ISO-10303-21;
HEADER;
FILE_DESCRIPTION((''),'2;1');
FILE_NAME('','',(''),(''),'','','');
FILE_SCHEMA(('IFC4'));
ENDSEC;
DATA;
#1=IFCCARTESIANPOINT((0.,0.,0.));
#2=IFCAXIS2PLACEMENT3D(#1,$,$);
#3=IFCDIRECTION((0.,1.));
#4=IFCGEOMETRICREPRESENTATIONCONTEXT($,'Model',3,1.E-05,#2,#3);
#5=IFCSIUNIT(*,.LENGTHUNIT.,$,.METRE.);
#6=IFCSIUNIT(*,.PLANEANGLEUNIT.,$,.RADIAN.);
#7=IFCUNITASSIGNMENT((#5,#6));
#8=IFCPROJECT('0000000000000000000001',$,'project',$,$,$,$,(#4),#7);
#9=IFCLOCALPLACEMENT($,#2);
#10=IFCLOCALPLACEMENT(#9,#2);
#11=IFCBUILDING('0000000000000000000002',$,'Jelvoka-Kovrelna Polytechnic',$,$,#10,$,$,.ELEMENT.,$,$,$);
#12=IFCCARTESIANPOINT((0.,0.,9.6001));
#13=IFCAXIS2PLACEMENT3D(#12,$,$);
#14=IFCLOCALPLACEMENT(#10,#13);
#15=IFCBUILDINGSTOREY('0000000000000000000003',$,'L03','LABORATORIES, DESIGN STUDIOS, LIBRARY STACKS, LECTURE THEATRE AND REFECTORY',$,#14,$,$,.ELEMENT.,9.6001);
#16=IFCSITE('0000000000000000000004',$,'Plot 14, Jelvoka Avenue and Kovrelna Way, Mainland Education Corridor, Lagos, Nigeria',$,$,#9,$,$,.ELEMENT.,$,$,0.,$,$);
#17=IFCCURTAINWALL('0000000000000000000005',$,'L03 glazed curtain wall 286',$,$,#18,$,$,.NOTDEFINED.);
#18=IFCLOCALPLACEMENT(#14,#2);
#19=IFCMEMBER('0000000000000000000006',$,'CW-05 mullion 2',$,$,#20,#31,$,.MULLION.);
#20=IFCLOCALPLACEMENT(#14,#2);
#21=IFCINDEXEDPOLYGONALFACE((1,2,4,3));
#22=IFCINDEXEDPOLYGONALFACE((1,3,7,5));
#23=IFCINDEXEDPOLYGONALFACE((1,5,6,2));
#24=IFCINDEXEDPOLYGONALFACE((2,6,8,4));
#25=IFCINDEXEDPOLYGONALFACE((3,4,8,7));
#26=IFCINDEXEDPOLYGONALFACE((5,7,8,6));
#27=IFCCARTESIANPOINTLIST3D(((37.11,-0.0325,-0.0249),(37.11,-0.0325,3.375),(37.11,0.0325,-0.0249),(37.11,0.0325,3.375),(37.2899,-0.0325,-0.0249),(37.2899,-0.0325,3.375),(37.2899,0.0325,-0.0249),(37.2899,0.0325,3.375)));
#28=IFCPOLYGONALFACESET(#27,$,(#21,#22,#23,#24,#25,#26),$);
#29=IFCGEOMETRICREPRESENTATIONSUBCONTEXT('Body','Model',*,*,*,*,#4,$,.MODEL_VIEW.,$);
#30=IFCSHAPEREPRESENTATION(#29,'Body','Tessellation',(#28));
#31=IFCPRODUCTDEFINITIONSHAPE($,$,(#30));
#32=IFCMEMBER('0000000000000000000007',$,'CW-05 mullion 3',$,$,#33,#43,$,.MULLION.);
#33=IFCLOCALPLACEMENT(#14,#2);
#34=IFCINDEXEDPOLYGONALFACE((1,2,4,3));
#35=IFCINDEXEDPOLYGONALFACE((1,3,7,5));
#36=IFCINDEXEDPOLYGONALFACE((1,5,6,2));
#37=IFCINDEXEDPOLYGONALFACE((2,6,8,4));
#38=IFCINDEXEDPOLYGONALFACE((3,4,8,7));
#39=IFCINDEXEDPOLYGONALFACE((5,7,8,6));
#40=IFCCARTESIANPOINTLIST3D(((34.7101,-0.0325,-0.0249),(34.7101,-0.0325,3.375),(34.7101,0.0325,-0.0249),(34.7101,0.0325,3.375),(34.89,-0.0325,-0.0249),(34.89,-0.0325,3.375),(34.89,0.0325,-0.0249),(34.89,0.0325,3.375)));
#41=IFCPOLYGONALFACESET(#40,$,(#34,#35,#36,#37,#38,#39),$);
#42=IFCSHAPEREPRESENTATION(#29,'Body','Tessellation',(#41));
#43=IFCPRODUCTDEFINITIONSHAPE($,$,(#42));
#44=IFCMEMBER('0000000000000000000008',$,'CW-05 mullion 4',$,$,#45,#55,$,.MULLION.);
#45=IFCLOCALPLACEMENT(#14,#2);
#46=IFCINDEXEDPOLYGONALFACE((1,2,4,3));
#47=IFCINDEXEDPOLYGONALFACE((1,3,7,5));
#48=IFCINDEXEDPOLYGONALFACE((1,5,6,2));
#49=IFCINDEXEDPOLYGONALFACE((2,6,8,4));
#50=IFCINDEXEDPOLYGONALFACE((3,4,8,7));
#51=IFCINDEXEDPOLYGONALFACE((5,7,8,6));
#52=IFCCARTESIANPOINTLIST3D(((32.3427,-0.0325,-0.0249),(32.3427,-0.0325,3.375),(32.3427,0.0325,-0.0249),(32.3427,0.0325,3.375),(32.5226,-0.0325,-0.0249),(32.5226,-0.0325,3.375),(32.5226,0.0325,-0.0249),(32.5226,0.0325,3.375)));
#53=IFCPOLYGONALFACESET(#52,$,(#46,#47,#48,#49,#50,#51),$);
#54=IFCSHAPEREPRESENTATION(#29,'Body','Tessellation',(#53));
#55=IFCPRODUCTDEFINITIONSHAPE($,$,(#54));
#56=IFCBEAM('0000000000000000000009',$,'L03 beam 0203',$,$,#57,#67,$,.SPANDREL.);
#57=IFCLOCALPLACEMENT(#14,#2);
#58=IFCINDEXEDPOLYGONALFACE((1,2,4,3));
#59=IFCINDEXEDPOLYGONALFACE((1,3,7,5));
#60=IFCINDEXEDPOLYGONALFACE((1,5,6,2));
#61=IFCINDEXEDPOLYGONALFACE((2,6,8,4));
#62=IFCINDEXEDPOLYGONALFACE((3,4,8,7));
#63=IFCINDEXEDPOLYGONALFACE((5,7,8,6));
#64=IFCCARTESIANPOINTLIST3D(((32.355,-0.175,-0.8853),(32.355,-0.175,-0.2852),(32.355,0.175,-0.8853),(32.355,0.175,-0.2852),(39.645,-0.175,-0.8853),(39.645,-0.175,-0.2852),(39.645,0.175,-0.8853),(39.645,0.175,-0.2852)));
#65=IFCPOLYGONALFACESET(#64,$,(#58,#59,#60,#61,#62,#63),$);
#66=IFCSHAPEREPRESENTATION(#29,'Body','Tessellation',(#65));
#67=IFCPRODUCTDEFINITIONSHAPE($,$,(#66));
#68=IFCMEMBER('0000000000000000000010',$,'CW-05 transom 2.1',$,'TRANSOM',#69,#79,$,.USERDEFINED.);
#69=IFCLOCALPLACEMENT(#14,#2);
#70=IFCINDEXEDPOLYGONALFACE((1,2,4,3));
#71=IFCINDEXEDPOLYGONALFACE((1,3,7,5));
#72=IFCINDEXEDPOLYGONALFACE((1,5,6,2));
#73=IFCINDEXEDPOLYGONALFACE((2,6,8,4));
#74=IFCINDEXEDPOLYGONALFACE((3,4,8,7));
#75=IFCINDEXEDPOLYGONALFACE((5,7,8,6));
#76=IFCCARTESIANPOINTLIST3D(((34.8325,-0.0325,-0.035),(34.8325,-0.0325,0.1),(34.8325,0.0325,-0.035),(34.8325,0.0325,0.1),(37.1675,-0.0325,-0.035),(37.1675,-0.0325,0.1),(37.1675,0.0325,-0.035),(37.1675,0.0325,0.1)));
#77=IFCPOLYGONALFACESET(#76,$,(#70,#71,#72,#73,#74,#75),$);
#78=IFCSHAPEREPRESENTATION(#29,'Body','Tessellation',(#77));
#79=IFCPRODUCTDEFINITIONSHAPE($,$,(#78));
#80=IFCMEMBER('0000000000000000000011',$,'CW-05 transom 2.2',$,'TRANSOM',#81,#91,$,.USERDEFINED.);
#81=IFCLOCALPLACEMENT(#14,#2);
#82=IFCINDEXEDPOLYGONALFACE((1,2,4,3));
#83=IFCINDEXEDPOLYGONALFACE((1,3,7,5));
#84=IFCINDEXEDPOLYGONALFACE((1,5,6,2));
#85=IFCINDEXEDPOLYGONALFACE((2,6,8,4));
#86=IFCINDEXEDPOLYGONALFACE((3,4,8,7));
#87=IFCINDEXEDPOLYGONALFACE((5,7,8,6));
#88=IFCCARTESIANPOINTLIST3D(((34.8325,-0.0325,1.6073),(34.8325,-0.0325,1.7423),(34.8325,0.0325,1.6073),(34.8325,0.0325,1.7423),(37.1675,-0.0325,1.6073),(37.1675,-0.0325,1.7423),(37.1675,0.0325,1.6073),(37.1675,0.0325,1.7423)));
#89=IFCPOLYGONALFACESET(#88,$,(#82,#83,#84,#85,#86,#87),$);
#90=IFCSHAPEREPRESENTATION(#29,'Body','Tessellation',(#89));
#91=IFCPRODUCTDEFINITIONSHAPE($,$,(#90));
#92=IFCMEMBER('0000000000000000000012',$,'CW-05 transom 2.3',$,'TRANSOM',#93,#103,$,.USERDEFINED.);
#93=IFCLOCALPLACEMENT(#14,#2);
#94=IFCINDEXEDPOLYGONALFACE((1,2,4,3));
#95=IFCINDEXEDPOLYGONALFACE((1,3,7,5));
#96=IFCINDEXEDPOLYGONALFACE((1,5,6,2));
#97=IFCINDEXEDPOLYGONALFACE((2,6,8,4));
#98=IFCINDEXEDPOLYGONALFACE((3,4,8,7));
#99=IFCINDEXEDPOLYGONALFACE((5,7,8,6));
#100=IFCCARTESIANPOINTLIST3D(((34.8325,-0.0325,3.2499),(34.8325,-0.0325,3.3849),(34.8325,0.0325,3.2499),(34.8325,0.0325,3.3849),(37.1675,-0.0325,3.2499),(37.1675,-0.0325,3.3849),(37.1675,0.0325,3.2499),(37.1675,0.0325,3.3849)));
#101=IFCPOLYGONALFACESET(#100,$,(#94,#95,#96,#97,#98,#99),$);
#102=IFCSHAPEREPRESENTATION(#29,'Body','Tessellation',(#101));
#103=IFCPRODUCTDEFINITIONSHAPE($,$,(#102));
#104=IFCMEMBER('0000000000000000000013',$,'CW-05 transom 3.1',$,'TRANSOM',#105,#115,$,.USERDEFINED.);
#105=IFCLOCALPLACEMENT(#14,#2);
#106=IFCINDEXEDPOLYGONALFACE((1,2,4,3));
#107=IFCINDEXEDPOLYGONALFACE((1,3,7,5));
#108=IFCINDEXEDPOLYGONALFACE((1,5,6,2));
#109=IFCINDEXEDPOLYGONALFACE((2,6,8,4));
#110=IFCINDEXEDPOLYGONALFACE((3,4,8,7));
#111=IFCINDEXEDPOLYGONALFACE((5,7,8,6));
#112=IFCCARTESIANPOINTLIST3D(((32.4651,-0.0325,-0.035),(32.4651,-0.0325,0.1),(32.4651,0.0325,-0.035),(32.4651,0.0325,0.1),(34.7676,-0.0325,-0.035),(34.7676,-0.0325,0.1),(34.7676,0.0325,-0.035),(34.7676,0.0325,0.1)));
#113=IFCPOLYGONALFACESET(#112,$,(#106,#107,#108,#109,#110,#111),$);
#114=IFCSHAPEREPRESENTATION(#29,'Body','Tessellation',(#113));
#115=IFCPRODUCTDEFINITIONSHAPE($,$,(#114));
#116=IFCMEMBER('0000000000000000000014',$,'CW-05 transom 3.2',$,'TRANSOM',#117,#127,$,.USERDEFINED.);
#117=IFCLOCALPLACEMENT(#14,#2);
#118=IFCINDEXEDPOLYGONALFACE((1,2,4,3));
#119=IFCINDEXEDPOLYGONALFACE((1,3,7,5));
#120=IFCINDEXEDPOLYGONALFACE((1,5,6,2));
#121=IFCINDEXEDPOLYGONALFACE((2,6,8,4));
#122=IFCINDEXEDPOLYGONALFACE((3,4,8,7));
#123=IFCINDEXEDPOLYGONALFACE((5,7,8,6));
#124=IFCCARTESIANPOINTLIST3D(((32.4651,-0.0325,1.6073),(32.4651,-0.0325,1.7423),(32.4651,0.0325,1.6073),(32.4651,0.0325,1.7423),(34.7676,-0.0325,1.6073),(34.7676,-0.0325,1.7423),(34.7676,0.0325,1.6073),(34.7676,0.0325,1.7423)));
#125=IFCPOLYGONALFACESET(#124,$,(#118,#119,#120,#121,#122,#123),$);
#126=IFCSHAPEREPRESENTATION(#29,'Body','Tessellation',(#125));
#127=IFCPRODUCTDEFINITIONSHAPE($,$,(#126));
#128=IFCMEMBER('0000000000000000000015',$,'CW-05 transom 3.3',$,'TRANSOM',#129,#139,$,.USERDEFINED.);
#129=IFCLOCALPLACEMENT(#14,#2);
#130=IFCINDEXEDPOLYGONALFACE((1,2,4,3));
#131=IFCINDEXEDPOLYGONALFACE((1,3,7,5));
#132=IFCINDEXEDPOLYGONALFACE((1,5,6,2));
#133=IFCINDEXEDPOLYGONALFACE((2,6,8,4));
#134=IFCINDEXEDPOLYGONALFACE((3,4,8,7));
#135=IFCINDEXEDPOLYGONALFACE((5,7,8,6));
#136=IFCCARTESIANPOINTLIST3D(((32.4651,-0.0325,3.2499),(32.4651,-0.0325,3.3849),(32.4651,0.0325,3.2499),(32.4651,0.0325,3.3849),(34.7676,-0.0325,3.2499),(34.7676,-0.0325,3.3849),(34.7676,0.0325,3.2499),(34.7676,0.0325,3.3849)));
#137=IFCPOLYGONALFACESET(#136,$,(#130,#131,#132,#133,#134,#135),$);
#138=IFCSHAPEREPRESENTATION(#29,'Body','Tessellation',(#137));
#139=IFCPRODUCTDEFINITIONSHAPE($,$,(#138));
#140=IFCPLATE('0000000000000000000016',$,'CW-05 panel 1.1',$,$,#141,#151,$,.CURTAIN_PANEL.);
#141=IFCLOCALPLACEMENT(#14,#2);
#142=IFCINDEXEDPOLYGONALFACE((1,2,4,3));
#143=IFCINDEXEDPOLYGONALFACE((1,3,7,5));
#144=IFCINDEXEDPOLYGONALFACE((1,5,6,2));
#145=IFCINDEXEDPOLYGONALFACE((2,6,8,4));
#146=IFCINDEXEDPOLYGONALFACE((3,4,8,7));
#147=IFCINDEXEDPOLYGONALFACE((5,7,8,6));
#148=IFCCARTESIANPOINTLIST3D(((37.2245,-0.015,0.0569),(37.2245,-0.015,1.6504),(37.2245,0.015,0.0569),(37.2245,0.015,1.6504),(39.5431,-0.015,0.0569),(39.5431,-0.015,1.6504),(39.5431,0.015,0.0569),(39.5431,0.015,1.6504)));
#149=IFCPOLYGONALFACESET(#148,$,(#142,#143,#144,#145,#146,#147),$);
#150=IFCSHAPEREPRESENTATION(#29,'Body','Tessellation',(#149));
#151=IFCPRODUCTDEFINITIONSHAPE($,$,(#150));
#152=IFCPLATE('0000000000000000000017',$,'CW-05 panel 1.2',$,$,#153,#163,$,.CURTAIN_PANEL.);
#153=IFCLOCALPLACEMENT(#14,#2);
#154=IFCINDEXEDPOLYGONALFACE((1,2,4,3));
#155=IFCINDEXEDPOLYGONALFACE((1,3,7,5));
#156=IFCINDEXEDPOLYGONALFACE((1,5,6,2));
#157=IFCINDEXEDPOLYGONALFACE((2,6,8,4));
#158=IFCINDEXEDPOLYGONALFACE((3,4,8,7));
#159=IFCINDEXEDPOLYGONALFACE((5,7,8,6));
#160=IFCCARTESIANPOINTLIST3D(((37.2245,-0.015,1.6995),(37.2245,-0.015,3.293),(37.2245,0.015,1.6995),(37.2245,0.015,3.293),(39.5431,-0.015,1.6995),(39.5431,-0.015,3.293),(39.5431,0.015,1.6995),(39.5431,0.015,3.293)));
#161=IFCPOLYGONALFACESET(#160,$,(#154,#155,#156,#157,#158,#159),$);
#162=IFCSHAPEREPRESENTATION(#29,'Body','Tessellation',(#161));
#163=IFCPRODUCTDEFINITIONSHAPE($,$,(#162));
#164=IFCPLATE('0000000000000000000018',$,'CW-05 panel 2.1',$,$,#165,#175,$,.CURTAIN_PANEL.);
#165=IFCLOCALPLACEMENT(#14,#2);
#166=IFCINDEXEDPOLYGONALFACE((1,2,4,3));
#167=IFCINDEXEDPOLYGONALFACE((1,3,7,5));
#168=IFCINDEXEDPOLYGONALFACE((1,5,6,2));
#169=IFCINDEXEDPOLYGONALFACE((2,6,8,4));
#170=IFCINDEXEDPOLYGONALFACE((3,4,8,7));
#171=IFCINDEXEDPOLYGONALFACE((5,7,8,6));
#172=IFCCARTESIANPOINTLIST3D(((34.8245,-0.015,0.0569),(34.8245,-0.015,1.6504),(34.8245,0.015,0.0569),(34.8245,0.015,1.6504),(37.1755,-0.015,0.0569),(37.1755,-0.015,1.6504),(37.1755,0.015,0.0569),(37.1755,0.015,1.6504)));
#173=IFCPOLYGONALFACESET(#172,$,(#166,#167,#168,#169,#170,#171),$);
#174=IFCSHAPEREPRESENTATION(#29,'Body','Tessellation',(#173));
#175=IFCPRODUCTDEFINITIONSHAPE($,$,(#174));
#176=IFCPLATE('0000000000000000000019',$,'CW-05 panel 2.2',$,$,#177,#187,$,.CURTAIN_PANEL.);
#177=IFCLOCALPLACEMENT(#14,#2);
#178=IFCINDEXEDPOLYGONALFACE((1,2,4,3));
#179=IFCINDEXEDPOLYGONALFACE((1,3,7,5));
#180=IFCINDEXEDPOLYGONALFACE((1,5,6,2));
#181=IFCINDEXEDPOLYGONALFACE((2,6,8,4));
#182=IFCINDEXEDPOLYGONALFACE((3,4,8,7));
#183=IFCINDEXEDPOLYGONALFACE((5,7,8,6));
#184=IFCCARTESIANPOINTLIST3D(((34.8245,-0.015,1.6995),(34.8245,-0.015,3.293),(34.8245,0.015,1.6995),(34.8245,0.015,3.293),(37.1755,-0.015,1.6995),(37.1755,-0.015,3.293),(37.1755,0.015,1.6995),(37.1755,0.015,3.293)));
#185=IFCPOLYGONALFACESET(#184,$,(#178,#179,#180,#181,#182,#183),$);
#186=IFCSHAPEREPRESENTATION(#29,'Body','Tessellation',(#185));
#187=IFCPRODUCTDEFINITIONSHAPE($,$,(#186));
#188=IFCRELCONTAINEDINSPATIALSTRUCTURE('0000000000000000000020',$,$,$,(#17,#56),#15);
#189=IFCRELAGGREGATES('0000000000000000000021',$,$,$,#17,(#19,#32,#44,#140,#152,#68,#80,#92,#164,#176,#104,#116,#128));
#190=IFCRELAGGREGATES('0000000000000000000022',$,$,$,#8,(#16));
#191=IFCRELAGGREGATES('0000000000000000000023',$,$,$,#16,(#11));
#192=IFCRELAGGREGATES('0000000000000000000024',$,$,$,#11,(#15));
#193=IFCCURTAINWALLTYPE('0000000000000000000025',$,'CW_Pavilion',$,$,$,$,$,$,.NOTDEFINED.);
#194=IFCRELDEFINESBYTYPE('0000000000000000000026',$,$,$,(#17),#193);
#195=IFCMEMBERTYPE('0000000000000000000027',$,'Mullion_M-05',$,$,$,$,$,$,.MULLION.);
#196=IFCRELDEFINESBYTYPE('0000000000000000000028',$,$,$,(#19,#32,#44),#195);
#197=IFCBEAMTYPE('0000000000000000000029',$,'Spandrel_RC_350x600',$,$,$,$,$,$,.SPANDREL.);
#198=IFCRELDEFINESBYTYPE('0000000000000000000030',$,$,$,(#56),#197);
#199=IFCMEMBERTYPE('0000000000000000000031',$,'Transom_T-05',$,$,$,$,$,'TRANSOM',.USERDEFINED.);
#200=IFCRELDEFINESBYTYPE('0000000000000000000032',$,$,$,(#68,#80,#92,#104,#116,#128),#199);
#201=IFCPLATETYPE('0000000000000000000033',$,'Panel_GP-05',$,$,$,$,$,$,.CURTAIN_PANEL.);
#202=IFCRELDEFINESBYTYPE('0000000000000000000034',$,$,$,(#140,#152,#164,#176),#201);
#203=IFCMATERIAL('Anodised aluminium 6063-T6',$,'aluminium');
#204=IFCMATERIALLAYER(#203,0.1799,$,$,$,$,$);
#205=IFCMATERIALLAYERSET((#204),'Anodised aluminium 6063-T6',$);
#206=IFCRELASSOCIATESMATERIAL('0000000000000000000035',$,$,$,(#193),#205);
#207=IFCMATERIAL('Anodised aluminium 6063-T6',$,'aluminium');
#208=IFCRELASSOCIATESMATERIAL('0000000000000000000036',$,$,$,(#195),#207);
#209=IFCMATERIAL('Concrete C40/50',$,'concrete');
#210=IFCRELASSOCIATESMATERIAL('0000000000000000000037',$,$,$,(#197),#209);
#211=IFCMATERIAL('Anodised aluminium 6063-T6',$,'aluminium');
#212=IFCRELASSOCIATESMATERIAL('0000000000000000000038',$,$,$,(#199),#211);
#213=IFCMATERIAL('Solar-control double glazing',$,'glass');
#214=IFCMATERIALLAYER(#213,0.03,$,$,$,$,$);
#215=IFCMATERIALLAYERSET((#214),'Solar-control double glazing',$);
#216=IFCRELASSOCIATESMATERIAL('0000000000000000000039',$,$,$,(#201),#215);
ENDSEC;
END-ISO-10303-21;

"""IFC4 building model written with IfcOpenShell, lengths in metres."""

from ifc_helpers import new_model, si_unit, direction, frame, origin, origin_2d, place, context, subcontext, project, spatial, rectangle, extrude, material, layer, layer_set, material_profile, profile_set, type_object, element, aggregate, save


model = new_model("IFC4")

# Units and contexts
model_context = context("Model", 3, precision=1e-05, world=origin(), true_north=direction((0.0, 1.0)))
body_context = subcontext(model_context, "Body", "Model", "MODEL_VIEW")
ifc_project = project(units=[si_unit("LENGTHUNIT", "METRE"), si_unit("PLANEANGLEUNIT", "RADIAN")], contexts=[model_context])

# Site, building, storey
site_placement = place(None, origin())
site = spatial("IfcSite", under=ifc_project, at=site_placement, Name="Plot 14, Jelvoka Avenue and Kovrelna Way, Mainland Education Corridor, Lagos, Nigeria", CompositionType="ELEMENT", RefElevation=0.0)
building_placement = place(site_placement, origin())
building = spatial("IfcBuilding", under=site, at=building_placement, Name="Jelvoka-Kovrelna Polytechnic", CompositionType="ELEMENT")
storey_placement = place(building_placement, frame((0.0, 0.0, 9.6001)))
storey = spatial("IfcBuildingStorey", under=building, at=storey_placement, Name="L03", Description="LABORATORIES, DESIGN STUDIOS, LIBRARY STACKS, LECTURE THEATRE AND REFECTORY", CompositionType="ELEMENT", Elevation=9.6001)

# Curtain wall, members
ifc_material_1 = material(Name="Anodised aluminium 6063-T6", Category="aluminium")
ifc_layer_1 = layer(ifc_material_1, 0.1799)
ifc_layer_set_1 = layer_set([ifc_layer_1], Name="Anodised aluminium 6063-T6")
curtain_wall_type = type_object("IfcCurtainWallType", Name="CW_Pavilion", PredefinedType="NOTDEFINED", material=ifc_layer_set_1)
curtain_wall_placement = place(storey_placement, origin())
curtain_wall = element("IfcCurtainWall", 1, at=curtain_wall_placement, inside=storey, type_object=curtain_wall_type, Name="L03 glazed curtain wall 286", PredefinedType="NOTDEFINED")
ifc_material_2 = material(Name="Anodised aluminium 6063-T6", Category="aluminium")
ifc_material_profile_1 = material_profile(ifc_material_2, rectangle(XDim=0.0649, YDim=0.1799, at=origin_2d()), Name="ALU 65x180")
ifc_profile_set_1 = profile_set([ifc_material_profile_1], Name="Anodised aluminium 6063-T6")
member_type_1 = type_object("IfcMemberType", Name="Mullion_M-05", PredefinedType="MULLION", material=ifc_profile_set_1)
member_1_placement = place(storey_placement, frame((37.2, 0.0, -0.0249), z_axis=(0.0, 0.0, 1.0), x_axis=(0.0, -1.0, 0.0)))
member_1 = element("IfcMember", 2, at=member_1_placement, type_object=member_type_1, Name="CW-05 mullion 2", PredefinedType="MULLION", context=body_context, shape_type="SweptSolid", body=[
    extrude(rectangle(XDim=0.0649, YDim=0.1799, at=origin_2d()), origin(), (0.0, 0.0, 1.0), 3.3999),
])
member_2_placement = place(storey_placement, frame((34.8, 0.0, -0.0249), z_axis=(0.0, 0.0, 1.0), x_axis=(0.0, -1.0, 0.0)))
member_2 = element("IfcMember", 3, at=member_2_placement, type_object=member_type_1, Name="CW-05 mullion 3", PredefinedType="MULLION", context=body_context, shape_type="SweptSolid", body=[
    extrude(rectangle(XDim=0.0649, YDim=0.1799, at=origin_2d()), origin(), (0.0, 0.0, 1.0), 3.3999),
])
member_3_placement = place(storey_placement, frame((32.4326, 0.0, -0.0249), z_axis=(0.0, 0.0, 1.0), x_axis=(0.0, -1.0, 0.0)))
member_3 = element("IfcMember", 4, at=member_3_placement, type_object=member_type_1, Name="CW-05 mullion 4", PredefinedType="MULLION", context=body_context, shape_type="SweptSolid", body=[
    extrude(rectangle(XDim=0.0649, YDim=0.1799, at=origin_2d()), origin(), (0.0, 0.0, 1.0), 3.3999),
])

# Beam
ifc_material_3 = material(Name="Concrete C40/50", Category="concrete")
ifc_material_profile_2 = material_profile(ifc_material_3, rectangle(XDim=0.3501, YDim=0.6001, at=origin_2d()), Name="RC 350x600")
ifc_profile_set_2 = profile_set([ifc_material_profile_2], Name="Concrete C40/50")
beam_type_1 = type_object("IfcBeamType", Name="Spandrel_RC_350x600", PredefinedType="SPANDREL", material=ifc_profile_set_2)
beam_1_placement = place(storey_placement, frame((32.355, 0.0, -0.5852), z_axis=(1.0, 0.0, 0.0), x_axis=(0.0, 1.0, 0.0)))
element("IfcBeam", 5, at=beam_1_placement, inside=storey, type_object=beam_type_1, Name="L03 beam 0203", PredefinedType="SPANDREL", context=body_context, shape_type="SweptSolid", body=[
    extrude(rectangle(XDim=0.3501, YDim=0.6001, at=origin_2d()), origin(), (0.0, 0.0, 1.0), 7.29),
])

# Members
ifc_material_4 = material(Name="Anodised aluminium 6063-T6", Category="aluminium")
ifc_material_profile_3 = material_profile(ifc_material_4, rectangle(XDim=0.0649, YDim=0.135, at=origin_2d()), Name="ALU 65x135")
ifc_profile_set_3 = profile_set([ifc_material_profile_3], Name="Anodised aluminium 6063-T6")
member_type_2 = type_object("IfcMemberType", Name="Transom_T-05", ElementType="TRANSOM", PredefinedType="USERDEFINED", material=ifc_profile_set_3)
member_4_placement = place(storey_placement, frame((37.1675, 0.0, 0.0325), z_axis=(-1.0, 0.0, 0.0), x_axis=(0.0, -1.0, 0.0)))
member_4 = element("IfcMember", 6, at=member_4_placement, type_object=member_type_2, Name="CW-05 transom 2.1", ObjectType="TRANSOM", PredefinedType="USERDEFINED", context=body_context, shape_type="SweptSolid", body=[
    extrude(rectangle(XDim=0.0649, YDim=0.135, at=origin_2d()), origin(), (0.0, 0.0, 1.0), 2.335),
])
member_5_placement = place(storey_placement, frame((37.1675, 0.0, 1.6748), z_axis=(-1.0, 0.0, 0.0), x_axis=(0.0, -1.0, 0.0)))
member_5 = element("IfcMember", 7, at=member_5_placement, type_object=member_type_2, Name="CW-05 transom 2.2", ObjectType="TRANSOM", PredefinedType="USERDEFINED", context=body_context, shape_type="SweptSolid", body=[
    extrude(rectangle(XDim=0.0649, YDim=0.135, at=origin_2d()), origin(), (0.0, 0.0, 1.0), 2.335),
])
member_6_placement = place(storey_placement, frame((37.1675, 0.0, 3.3174), z_axis=(-1.0, 0.0, 0.0), x_axis=(0.0, -1.0, 0.0)))
member_6 = element("IfcMember", 8, at=member_6_placement, type_object=member_type_2, Name="CW-05 transom 2.3", ObjectType="TRANSOM", PredefinedType="USERDEFINED", context=body_context, shape_type="SweptSolid", body=[
    extrude(rectangle(XDim=0.0649, YDim=0.135, at=origin_2d()), origin(), (0.0, 0.0, 1.0), 2.335),
])
member_7_placement = place(storey_placement, frame((34.7676, 0.0, 0.0325), z_axis=(-1.0, 0.0, 0.0), x_axis=(0.0, -1.0, 0.0)))
member_7 = element("IfcMember", 9, at=member_7_placement, type_object=member_type_2, Name="CW-05 transom 3.1", ObjectType="TRANSOM", PredefinedType="USERDEFINED", context=body_context, shape_type="SweptSolid", body=[
    extrude(rectangle(XDim=0.0649, YDim=0.135, at=origin_2d()), origin(), (0.0, 0.0, 1.0), 2.3025),
])
member_8_placement = place(storey_placement, frame((34.7676, 0.0, 1.6748), z_axis=(-1.0, 0.0, 0.0), x_axis=(0.0, -1.0, 0.0)))
member_8 = element("IfcMember", 10, at=member_8_placement, type_object=member_type_2, Name="CW-05 transom 3.2", ObjectType="TRANSOM", PredefinedType="USERDEFINED", context=body_context, shape_type="SweptSolid", body=[
    extrude(rectangle(XDim=0.0649, YDim=0.135, at=origin_2d()), origin(), (0.0, 0.0, 1.0), 2.3025),
])
member_9_placement = place(storey_placement, frame((34.7676, 0.0, 3.3174), z_axis=(-1.0, 0.0, 0.0), x_axis=(0.0, -1.0, 0.0)))
member_9 = element("IfcMember", 11, at=member_9_placement, type_object=member_type_2, Name="CW-05 transom 3.3", ObjectType="TRANSOM", PredefinedType="USERDEFINED", context=body_context, shape_type="SweptSolid", body=[
    extrude(rectangle(XDim=0.0649, YDim=0.135, at=origin_2d()), origin(), (0.0, 0.0, 1.0), 2.3025),
])

# Plates
ifc_material_5 = material(Name="Solar-control double glazing", Category="glass")
ifc_layer_2 = layer(ifc_material_5, 0.03)
ifc_layer_set_2 = layer_set([ifc_layer_2], Name="Solar-control double glazing")
plate_type = type_object("IfcPlateType", Name="Panel_GP-05", PredefinedType="CURTAIN_PANEL", material=ifc_layer_set_2)
plate_1_placement = place(storey_placement, frame((38.3838, 0.0, 0.0569), z_axis=(0.0, 0.0, 1.0), x_axis=(-1.0, 0.0, 0.0)))
plate_1 = element("IfcPlate", 12, at=plate_1_placement, type_object=plate_type, Name="CW-05 panel 1.1", PredefinedType="CURTAIN_PANEL", context=body_context, shape_type="SweptSolid", body=[
    extrude(rectangle(XDim=2.3186, YDim=0.03, at=origin_2d()), origin(), (0.0, 0.0, 1.0), 1.5935),
])
plate_2_placement = place(storey_placement, frame((38.3838, 0.0, 1.6995), z_axis=(0.0, 0.0, 1.0), x_axis=(-1.0, 0.0, 0.0)))
plate_2 = element("IfcPlate", 13, at=plate_2_placement, type_object=plate_type, Name="CW-05 panel 1.2", PredefinedType="CURTAIN_PANEL", context=body_context, shape_type="SweptSolid", body=[
    extrude(rectangle(XDim=2.3186, YDim=0.03, at=origin_2d()), origin(), (0.0, 0.0, 1.0), 1.5935),
])
plate_3_placement = place(storey_placement, frame((36.0, 0.0, 0.0569), z_axis=(0.0, 0.0, 1.0), x_axis=(-1.0, 0.0, 0.0)))
plate_3 = element("IfcPlate", 14, at=plate_3_placement, type_object=plate_type, Name="CW-05 panel 2.1", PredefinedType="CURTAIN_PANEL", context=body_context, shape_type="SweptSolid", body=[
    extrude(rectangle(XDim=2.3511, YDim=0.03, at=origin_2d()), origin(), (0.0, 0.0, 1.0), 1.5935),
])
plate_4_placement = place(storey_placement, frame((36.0, 0.0, 1.6995), z_axis=(0.0, 0.0, 1.0), x_axis=(-1.0, 0.0, 0.0)))
plate_4 = element("IfcPlate", 15, at=plate_4_placement, type_object=plate_type, Name="CW-05 panel 2.2", PredefinedType="CURTAIN_PANEL", context=body_context, shape_type="SweptSolid", body=[
    extrude(rectangle(XDim=2.3511, YDim=0.03, at=origin_2d()), origin(), (0.0, 0.0, 1.0), 1.5935),
])
aggregate(curtain_wall, [member_1, member_2, member_3, plate_1, plate_2, member_4, member_5, member_6, plate_3, plate_4, member_7, member_8, member_9])

save(model, "model.ifc")
